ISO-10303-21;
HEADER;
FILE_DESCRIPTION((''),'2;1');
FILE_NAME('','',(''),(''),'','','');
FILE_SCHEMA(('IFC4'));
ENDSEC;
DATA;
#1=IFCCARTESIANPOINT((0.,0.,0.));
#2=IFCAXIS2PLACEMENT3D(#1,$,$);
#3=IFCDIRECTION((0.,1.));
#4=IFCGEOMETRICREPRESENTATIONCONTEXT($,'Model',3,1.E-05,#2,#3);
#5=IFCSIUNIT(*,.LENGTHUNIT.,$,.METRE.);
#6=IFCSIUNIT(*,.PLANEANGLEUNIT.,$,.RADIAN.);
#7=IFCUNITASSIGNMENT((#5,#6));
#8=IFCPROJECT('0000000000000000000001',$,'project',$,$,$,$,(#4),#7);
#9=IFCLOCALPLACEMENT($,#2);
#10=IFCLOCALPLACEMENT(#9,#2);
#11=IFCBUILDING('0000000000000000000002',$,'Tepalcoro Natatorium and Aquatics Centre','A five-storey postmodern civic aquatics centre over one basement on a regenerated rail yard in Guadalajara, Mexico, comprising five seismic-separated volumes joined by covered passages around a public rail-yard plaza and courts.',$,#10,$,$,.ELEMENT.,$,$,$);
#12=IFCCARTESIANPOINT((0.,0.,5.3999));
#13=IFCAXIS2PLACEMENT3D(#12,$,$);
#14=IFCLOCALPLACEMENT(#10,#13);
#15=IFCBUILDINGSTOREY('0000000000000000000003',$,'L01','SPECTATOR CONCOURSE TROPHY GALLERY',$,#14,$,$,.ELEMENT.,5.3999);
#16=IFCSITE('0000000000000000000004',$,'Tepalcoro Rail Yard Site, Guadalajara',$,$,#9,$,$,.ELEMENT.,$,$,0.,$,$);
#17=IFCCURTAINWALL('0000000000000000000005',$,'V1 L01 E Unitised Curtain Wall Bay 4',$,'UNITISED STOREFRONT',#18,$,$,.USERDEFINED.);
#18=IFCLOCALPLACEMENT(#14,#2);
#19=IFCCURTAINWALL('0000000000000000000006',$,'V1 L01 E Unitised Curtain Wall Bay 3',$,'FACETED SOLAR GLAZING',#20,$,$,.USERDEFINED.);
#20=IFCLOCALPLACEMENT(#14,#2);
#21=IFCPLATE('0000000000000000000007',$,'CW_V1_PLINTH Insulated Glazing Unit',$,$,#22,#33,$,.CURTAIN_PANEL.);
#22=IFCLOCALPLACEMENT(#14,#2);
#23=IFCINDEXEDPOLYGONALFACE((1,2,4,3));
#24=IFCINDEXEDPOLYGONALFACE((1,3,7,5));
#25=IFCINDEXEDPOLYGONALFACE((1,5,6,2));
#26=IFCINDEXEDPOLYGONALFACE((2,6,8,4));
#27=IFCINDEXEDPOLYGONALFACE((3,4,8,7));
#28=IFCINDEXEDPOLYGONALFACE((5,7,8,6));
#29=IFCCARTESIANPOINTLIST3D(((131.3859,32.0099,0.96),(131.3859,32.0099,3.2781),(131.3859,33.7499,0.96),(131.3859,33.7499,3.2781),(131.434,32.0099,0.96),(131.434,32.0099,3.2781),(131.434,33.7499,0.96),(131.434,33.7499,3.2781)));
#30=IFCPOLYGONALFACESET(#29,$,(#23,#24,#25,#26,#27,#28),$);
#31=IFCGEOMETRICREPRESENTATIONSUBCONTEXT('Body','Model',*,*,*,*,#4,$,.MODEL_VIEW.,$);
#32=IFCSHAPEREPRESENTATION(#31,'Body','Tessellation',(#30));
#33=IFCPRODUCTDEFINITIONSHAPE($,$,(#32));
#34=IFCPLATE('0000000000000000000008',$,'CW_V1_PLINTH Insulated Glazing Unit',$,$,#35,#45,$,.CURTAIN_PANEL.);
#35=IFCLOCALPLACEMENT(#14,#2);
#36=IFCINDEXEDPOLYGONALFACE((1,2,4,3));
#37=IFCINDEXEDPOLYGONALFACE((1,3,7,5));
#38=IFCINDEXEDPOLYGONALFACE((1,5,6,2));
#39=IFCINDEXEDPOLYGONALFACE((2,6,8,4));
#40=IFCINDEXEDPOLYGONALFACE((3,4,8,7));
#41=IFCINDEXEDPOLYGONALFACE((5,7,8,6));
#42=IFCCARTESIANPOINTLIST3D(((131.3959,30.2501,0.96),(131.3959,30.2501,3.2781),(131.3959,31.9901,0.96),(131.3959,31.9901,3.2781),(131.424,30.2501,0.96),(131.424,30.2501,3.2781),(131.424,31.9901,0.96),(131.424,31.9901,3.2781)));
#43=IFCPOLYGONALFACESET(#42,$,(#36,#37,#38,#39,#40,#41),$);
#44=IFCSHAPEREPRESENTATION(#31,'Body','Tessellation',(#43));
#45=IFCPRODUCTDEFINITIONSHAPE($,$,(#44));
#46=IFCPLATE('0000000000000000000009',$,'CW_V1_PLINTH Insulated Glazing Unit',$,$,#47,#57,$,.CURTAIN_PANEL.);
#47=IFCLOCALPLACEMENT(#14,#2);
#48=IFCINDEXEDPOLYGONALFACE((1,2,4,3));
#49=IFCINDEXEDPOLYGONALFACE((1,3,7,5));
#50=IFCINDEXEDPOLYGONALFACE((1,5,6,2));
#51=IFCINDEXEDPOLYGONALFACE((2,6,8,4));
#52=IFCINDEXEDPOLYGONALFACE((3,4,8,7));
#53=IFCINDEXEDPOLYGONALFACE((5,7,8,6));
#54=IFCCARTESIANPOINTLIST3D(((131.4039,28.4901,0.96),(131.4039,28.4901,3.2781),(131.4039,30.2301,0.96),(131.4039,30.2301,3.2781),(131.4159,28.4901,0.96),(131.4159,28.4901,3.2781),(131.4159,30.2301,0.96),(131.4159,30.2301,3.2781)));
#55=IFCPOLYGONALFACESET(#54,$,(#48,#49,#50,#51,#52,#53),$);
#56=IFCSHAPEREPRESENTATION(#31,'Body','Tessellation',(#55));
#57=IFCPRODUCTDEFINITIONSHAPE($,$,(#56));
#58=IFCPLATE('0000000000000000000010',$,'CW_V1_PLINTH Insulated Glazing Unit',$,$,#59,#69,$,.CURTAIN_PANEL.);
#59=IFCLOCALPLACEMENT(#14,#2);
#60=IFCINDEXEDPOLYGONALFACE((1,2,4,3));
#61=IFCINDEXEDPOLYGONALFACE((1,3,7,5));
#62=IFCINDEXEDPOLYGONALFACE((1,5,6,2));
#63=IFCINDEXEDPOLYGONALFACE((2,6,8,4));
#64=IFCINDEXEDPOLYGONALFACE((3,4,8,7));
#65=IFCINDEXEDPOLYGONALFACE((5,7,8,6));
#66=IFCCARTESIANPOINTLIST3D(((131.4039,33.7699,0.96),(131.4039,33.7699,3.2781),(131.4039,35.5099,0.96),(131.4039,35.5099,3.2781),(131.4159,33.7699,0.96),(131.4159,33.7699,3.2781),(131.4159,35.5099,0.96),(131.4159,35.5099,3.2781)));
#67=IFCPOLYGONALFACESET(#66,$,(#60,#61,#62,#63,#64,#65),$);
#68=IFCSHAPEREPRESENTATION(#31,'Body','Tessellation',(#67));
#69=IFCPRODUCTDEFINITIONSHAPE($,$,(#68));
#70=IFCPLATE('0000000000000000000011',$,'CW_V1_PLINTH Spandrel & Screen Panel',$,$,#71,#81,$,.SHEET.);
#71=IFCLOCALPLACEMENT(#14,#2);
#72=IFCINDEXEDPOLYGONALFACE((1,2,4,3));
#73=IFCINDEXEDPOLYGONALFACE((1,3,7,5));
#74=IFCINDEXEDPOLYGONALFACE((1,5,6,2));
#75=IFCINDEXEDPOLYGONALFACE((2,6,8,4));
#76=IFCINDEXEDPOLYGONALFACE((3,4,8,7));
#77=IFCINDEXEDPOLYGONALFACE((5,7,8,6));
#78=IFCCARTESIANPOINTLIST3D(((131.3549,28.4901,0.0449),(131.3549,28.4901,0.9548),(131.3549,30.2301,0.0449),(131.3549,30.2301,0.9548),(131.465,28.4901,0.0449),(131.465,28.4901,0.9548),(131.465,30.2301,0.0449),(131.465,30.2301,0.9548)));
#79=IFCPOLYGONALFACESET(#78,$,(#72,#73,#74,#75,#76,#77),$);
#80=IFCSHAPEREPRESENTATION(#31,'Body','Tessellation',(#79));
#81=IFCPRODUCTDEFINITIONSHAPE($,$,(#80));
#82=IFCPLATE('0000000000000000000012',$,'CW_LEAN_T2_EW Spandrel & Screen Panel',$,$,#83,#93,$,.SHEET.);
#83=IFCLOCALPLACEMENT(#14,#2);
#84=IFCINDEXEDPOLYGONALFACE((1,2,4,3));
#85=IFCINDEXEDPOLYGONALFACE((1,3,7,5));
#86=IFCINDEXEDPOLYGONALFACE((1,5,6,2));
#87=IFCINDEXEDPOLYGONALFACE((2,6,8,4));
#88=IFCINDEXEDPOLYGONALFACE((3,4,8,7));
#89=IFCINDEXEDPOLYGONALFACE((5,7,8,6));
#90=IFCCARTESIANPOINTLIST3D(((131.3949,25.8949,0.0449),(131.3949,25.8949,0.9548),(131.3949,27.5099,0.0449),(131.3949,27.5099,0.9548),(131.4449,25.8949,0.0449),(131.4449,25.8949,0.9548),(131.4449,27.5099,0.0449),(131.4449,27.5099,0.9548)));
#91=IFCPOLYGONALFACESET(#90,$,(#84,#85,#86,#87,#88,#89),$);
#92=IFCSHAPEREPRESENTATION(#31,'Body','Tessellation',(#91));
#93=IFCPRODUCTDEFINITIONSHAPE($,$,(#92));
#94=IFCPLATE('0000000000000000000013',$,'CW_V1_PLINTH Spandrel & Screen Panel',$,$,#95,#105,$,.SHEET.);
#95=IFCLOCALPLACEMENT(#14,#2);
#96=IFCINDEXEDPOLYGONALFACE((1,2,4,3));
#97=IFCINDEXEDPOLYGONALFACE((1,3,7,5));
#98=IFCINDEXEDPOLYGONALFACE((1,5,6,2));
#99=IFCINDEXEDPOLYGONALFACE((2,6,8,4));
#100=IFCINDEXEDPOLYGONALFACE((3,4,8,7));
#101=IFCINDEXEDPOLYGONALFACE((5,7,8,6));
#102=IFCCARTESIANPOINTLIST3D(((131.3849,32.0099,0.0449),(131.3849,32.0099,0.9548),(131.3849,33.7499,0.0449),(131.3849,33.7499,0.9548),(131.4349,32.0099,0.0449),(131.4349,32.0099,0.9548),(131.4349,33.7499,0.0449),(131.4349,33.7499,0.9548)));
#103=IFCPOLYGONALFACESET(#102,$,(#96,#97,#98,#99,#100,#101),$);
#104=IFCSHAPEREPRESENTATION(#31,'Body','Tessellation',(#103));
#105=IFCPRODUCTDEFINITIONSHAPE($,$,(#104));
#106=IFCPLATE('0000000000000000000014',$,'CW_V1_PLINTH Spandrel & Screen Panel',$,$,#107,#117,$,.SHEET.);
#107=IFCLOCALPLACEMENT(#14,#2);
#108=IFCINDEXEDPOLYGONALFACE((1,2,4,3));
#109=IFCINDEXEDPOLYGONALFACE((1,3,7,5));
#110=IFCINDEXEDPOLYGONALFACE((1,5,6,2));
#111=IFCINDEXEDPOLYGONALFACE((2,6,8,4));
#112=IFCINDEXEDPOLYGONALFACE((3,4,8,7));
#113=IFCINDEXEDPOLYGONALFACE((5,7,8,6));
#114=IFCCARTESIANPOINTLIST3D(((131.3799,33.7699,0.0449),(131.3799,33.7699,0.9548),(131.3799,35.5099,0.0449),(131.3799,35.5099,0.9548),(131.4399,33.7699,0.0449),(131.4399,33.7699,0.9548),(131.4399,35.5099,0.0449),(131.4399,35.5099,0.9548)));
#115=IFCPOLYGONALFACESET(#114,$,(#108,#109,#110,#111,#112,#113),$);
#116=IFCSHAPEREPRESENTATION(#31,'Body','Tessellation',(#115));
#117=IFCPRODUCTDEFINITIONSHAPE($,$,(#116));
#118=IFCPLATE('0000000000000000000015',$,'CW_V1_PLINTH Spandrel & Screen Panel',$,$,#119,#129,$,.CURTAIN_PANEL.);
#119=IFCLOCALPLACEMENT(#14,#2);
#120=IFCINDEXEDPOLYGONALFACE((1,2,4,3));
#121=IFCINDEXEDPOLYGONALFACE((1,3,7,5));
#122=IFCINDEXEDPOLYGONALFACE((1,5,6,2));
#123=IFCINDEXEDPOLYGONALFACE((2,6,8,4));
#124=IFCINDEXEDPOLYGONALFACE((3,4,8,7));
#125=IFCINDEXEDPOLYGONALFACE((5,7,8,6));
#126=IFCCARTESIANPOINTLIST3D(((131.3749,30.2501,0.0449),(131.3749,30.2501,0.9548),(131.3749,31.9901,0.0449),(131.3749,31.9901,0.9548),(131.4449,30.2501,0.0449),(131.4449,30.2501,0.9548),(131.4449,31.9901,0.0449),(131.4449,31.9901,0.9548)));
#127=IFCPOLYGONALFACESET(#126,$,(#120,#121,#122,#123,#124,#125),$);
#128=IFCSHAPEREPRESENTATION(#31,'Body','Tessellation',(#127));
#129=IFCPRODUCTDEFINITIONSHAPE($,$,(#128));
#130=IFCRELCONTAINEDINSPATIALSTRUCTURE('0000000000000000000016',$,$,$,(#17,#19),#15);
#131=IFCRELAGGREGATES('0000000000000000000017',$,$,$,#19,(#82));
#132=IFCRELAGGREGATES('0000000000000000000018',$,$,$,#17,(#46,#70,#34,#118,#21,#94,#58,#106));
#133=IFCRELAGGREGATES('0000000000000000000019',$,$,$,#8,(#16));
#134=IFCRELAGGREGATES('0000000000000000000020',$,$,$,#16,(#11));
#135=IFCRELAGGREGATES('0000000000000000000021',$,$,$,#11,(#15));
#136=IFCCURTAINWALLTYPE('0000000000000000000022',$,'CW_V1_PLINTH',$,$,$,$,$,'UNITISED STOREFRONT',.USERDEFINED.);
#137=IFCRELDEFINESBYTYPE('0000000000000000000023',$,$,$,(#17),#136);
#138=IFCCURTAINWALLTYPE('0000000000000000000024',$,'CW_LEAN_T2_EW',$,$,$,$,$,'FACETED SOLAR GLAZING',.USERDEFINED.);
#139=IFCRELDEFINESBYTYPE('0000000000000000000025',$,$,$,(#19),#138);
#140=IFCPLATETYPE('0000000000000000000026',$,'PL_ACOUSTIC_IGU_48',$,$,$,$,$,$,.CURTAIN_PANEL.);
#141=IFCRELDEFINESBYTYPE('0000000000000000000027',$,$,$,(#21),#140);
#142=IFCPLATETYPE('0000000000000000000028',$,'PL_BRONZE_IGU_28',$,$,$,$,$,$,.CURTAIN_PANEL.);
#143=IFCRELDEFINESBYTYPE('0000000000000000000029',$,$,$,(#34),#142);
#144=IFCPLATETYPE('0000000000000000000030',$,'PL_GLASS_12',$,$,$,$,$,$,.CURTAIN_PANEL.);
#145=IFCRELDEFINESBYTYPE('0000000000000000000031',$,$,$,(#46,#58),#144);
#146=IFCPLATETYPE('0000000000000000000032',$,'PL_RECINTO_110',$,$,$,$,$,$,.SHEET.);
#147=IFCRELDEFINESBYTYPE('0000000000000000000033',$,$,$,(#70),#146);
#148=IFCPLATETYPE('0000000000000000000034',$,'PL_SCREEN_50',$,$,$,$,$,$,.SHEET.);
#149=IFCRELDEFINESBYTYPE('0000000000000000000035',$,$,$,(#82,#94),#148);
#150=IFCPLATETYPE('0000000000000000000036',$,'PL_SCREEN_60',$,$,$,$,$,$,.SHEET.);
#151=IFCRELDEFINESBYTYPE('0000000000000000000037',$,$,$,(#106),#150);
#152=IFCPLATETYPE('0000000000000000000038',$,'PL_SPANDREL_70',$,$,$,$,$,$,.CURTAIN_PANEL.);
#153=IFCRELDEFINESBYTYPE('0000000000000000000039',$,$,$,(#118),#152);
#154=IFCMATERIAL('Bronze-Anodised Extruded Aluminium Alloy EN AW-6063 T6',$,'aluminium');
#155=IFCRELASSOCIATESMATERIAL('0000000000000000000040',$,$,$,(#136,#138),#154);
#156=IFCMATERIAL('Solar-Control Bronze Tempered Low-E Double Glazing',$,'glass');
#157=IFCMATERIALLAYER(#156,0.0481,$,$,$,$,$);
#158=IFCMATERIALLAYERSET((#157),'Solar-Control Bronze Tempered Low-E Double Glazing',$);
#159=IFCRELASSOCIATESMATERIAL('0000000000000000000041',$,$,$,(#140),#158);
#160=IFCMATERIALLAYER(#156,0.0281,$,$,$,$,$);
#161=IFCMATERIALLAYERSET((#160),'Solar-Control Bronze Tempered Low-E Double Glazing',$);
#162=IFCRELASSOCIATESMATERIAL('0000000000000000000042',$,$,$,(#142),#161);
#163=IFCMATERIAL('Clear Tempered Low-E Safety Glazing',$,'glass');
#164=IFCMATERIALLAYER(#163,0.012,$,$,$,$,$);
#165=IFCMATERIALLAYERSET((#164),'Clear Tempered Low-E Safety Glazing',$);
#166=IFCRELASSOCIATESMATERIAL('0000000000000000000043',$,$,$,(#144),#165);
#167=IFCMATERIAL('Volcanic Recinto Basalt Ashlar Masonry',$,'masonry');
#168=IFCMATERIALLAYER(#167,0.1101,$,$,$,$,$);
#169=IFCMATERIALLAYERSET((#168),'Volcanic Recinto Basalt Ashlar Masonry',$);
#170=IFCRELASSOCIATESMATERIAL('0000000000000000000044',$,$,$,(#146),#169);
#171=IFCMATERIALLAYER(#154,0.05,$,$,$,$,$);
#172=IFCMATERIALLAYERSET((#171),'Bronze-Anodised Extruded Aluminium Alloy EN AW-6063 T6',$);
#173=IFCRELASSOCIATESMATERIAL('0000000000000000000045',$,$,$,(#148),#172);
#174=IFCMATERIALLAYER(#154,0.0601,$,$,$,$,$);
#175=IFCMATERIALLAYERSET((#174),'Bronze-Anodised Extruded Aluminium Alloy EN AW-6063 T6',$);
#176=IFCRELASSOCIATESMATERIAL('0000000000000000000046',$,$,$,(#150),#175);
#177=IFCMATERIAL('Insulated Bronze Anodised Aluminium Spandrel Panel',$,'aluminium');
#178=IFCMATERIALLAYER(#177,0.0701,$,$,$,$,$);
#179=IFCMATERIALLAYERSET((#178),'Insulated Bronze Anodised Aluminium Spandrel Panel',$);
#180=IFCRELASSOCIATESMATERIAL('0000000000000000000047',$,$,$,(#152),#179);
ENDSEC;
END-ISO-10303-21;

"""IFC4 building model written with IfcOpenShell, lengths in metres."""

from ifc_helpers import new_model, si_unit, direction, frame, origin, origin_2d, place, context, subcontext, project, spatial, rectangle, extrude, material, layer, layer_set, type_object, element, aggregate, save


model = new_model("IFC4")

# Units and contexts
model_context = context("Model", 3, precision=1e-05, world=origin(), true_north=direction((0.0, 1.0)))
body_context = subcontext(model_context, "Body", "Model", "MODEL_VIEW")
ifc_project = project(units=[si_unit("LENGTHUNIT", "METRE"), si_unit("PLANEANGLEUNIT", "RADIAN")], contexts=[model_context])

# Site, building, storey
site_placement = place(None, origin())
site = spatial("IfcSite", under=ifc_project, at=site_placement, Name="Tepalcoro Rail Yard Site, Guadalajara", CompositionType="ELEMENT", RefElevation=0.0)
building_placement = place(site_placement, origin())
building = spatial("IfcBuilding", under=site, at=building_placement, Name="Tepalcoro Natatorium and Aquatics Centre", Description="A five-storey postmodern civic aquatics centre over one basement on a regenerated rail yard in Guadalajara, Mexico, comprising five seismic-separated volumes joined by covered passages around a public rail-yard plaza and courts.", CompositionType="ELEMENT")
storey_placement = place(building_placement, frame((0.0, 0.0, 5.3999)))
storey = spatial("IfcBuildingStorey", under=building, at=storey_placement, Name="L01", Description="SPECTATOR CONCOURSE TROPHY GALLERY", CompositionType="ELEMENT", Elevation=5.3999)

# Curtain wall
ifc_material_1 = material(Name="Bronze-Anodised Extruded Aluminium Alloy EN AW-6063 T6", Category="aluminium")
curtain_wall_type_1 = type_object("IfcCurtainWallType", Name="CW_V1_PLINTH", ElementType="UNITISED STOREFRONT", PredefinedType="USERDEFINED", material=ifc_material_1)
curtain_wall_1_placement = place(storey_placement, origin())
curtain_wall_1 = element("IfcCurtainWall", 1, at=curtain_wall_1_placement, inside=storey, type_object=curtain_wall_type_1, Name="V1 L01 E Unitised Curtain Wall Bay 4", ObjectType="UNITISED STOREFRONT", PredefinedType="USERDEFINED")

# Curtain wall
curtain_wall_type_2 = type_object("IfcCurtainWallType", Name="CW_LEAN_T2_EW", ElementType="FACETED SOLAR GLAZING", PredefinedType="USERDEFINED", material=ifc_material_1)
curtain_wall_2_placement = place(storey_placement, origin())
curtain_wall_2 = element("IfcCurtainWall", 2, at=curtain_wall_2_placement, inside=storey, type_object=curtain_wall_type_2, Name="V1 L01 E Unitised Curtain Wall Bay 3", ObjectType="FACETED SOLAR GLAZING", PredefinedType="USERDEFINED")

# Plates
ifc_material_2 = material(Name="Solar-Control Bronze Tempered Low-E Double Glazing", Category="glass")
ifc_layer_1 = layer(ifc_material_2, 0.0481)
ifc_layer_set_1 = layer_set([ifc_layer_1], Name="Solar-Control Bronze Tempered Low-E Double Glazing")
plate_type_1 = type_object("IfcPlateType", Name="PL_ACOUSTIC_IGU_48", PredefinedType="CURTAIN_PANEL", material=ifc_layer_set_1)
plate_1_placement = place(storey_placement, frame((131.4099, 32.8799, 0.96), z_axis=(0.0, 0.0, 1.0), x_axis=(1.0, 0.0, 0.0)))
plate_1 = element("IfcPlate", 3, at=plate_1_placement, type_object=plate_type_1, Name="CW_V1_PLINTH Insulated Glazing Unit", PredefinedType="CURTAIN_PANEL", context=body_context, shape_type="SweptSolid", body=[
    extrude(rectangle(XDim=0.0481, YDim=1.74, at=origin_2d()), origin(), (0.0, 0.0, 1.0), 2.3181),
])
ifc_layer_2 = layer(ifc_material_2, 0.0281)
ifc_layer_set_2 = layer_set([ifc_layer_2], Name="Solar-Control Bronze Tempered Low-E Double Glazing")
plate_type_2 = type_object("IfcPlateType", Name="PL_BRONZE_IGU_28", PredefinedType="CURTAIN_PANEL", material=ifc_layer_set_2)
plate_2_placement = place(storey_placement, frame((131.4099, 31.1201, 0.96), z_axis=(0.0, 0.0, 1.0), x_axis=(1.0, 0.0, 0.0)))
plate_2 = element("IfcPlate", 4, at=plate_2_placement, type_object=plate_type_2, Name="CW_V1_PLINTH Insulated Glazing Unit", PredefinedType="CURTAIN_PANEL", context=body_context, shape_type="SweptSolid", body=[
    extrude(rectangle(XDim=0.0281, YDim=1.74, at=origin_2d()), origin(), (0.0, 0.0, 1.0), 2.3181),
])
ifc_material_3 = material(Name="Clear Tempered Low-E Safety Glazing", Category="glass")
ifc_layer_3 = layer(ifc_material_3, 0.012)
ifc_layer_set_3 = layer_set([ifc_layer_3], Name="Clear Tempered Low-E Safety Glazing")
plate_type_3 = type_object("IfcPlateType", Name="PL_GLASS_12", PredefinedType="CURTAIN_PANEL", material=ifc_layer_set_3)
plate_3_placement = place(storey_placement, frame((131.4099, 29.3601, 0.96), z_axis=(0.0, 0.0, 1.0), x_axis=(1.0, 0.0, 0.0)))
plate_3 = element("IfcPlate", 5, at=plate_3_placement, type_object=plate_type_3, Name="CW_V1_PLINTH Insulated Glazing Unit", PredefinedType="CURTAIN_PANEL", context=body_context, shape_type="SweptSolid", body=[
    extrude(rectangle(XDim=0.012, YDim=1.74, at=origin_2d()), origin(), (0.0, 0.0, 1.0), 2.3181),
])
plate_4_placement = place(storey_placement, frame((131.4099, 34.6399, 0.96), z_axis=(0.0, 0.0, 1.0), x_axis=(1.0, 0.0, 0.0)))
plate_4 = element("IfcPlate", 6, at=plate_4_placement, type_object=plate_type_3, Name="CW_V1_PLINTH Insulated Glazing Unit", PredefinedType="CURTAIN_PANEL", context=body_context, shape_type="SweptSolid", body=[
    extrude(rectangle(XDim=0.012, YDim=1.74, at=origin_2d()), origin(), (0.0, 0.0, 1.0), 2.3181),
])
ifc_material_4 = material(Name="Volcanic Recinto Basalt Ashlar Masonry", Category="masonry")
ifc_layer_4 = layer(ifc_material_4, 0.1101)
ifc_layer_set_4 = layer_set([ifc_layer_4], Name="Volcanic Recinto Basalt Ashlar Masonry")
plate_type_4 = type_object("IfcPlateType", Name="PL_RECINTO_110", PredefinedType="SHEET", material=ifc_layer_set_4)
plate_5_placement = place(storey_placement, frame((131.4099, 29.3601, 0.0449), z_axis=(0.0, 0.0, 1.0), x_axis=(1.0, 0.0, 0.0)))
plate_5 = element("IfcPlate", 7, at=plate_5_placement, type_object=plate_type_4, Name="CW_V1_PLINTH Spandrel & Screen Panel", PredefinedType="SHEET", context=body_context, shape_type="SweptSolid", body=[
    extrude(rectangle(XDim=0.1101, YDim=1.74, at=origin_2d()), origin(), (0.0, 0.0, 1.0), 0.9099),
])
ifc_layer_5 = layer(ifc_material_1, 0.05)
ifc_layer_set_5 = layer_set([ifc_layer_5], Name="Bronze-Anodised Extruded Aluminium Alloy EN AW-6063 T6")
plate_type_5 = type_object("IfcPlateType", Name="PL_SCREEN_50", PredefinedType="SHEET", material=ifc_layer_set_5)
plate_6_placement = place(storey_placement, frame((131.4199, 26.7024, 0.0449), z_axis=(0.0, 0.0, 1.0), x_axis=(1.0, 0.0, 0.0)))
plate_6 = element("IfcPlate", 8, at=plate_6_placement, type_object=plate_type_5, Name="CW_LEAN_T2_EW Spandrel & Screen Panel", PredefinedType="SHEET", context=body_context, shape_type="SweptSolid", body=[
    extrude(rectangle(XDim=0.05, YDim=1.615, at=origin_2d()), origin(), (0.0, 0.0, 1.0), 0.9099),
])
aggregate(curtain_wall_2, [plate_6])
plate_7_placement = place(storey_placement, frame((131.4099, 32.8799, 0.0449), z_axis=(0.0, 0.0, 1.0), x_axis=(1.0, 0.0, 0.0)))
plate_7 = element("IfcPlate", 9, at=plate_7_placement, type_object=plate_type_5, Name="CW_V1_PLINTH Spandrel & Screen Panel", PredefinedType="SHEET", context=body_context, shape_type="SweptSolid", body=[
    extrude(rectangle(XDim=0.05, YDim=1.74, at=origin_2d()), origin(), (0.0, 0.0, 1.0), 0.9099),
])
ifc_layer_6 = layer(ifc_material_1, 0.0601)
ifc_layer_set_6 = layer_set([ifc_layer_6], Name="Bronze-Anodised Extruded Aluminium Alloy EN AW-6063 T6")
plate_type_6 = type_object("IfcPlateType", Name="PL_SCREEN_60", PredefinedType="SHEET", material=ifc_layer_set_6)
plate_8_placement = place(storey_placement, frame((131.4099, 34.6399, 0.0449), z_axis=(0.0, 0.0, 1.0), x_axis=(1.0, 0.0, 0.0)))
plate_8 = element("IfcPlate", 10, at=plate_8_placement, type_object=plate_type_6, Name="CW_V1_PLINTH Spandrel & Screen Panel", PredefinedType="SHEET", context=body_context, shape_type="SweptSolid", body=[
    extrude(rectangle(XDim=0.0601, YDim=1.74, at=origin_2d()), origin(), (0.0, 0.0, 1.0), 0.9099),
])
ifc_material_5 = material(Name="Insulated Bronze Anodised Aluminium Spandrel Panel", Category="aluminium")
ifc_layer_7 = layer(ifc_material_5, 0.0701)
ifc_layer_set_7 = layer_set([ifc_layer_7], Name="Insulated Bronze Anodised Aluminium Spandrel Panel")
plate_type_7 = type_object("IfcPlateType", Name="PL_SPANDREL_70", PredefinedType="CURTAIN_PANEL", material=ifc_layer_set_7)
plate_9_placement = place(storey_placement, frame((131.4099, 31.1201, 0.0449), z_axis=(0.0, 0.0, 1.0), x_axis=(1.0, 0.0, 0.0)))
plate_9 = element("IfcPlate", 11, at=plate_9_placement, type_object=plate_type_7, Name="CW_V1_PLINTH Spandrel & Screen Panel", PredefinedType="CURTAIN_PANEL", context=body_context, shape_type="SweptSolid", body=[
    extrude(rectangle(XDim=0.0701, YDim=1.74, at=origin_2d()), origin(), (0.0, 0.0, 1.0), 0.9099),
])
aggregate(curtain_wall_1, [plate_3, plate_5, plate_2, plate_9, plate_1, plate_7, plate_4, plate_8])

save(model, "model.ifc")
